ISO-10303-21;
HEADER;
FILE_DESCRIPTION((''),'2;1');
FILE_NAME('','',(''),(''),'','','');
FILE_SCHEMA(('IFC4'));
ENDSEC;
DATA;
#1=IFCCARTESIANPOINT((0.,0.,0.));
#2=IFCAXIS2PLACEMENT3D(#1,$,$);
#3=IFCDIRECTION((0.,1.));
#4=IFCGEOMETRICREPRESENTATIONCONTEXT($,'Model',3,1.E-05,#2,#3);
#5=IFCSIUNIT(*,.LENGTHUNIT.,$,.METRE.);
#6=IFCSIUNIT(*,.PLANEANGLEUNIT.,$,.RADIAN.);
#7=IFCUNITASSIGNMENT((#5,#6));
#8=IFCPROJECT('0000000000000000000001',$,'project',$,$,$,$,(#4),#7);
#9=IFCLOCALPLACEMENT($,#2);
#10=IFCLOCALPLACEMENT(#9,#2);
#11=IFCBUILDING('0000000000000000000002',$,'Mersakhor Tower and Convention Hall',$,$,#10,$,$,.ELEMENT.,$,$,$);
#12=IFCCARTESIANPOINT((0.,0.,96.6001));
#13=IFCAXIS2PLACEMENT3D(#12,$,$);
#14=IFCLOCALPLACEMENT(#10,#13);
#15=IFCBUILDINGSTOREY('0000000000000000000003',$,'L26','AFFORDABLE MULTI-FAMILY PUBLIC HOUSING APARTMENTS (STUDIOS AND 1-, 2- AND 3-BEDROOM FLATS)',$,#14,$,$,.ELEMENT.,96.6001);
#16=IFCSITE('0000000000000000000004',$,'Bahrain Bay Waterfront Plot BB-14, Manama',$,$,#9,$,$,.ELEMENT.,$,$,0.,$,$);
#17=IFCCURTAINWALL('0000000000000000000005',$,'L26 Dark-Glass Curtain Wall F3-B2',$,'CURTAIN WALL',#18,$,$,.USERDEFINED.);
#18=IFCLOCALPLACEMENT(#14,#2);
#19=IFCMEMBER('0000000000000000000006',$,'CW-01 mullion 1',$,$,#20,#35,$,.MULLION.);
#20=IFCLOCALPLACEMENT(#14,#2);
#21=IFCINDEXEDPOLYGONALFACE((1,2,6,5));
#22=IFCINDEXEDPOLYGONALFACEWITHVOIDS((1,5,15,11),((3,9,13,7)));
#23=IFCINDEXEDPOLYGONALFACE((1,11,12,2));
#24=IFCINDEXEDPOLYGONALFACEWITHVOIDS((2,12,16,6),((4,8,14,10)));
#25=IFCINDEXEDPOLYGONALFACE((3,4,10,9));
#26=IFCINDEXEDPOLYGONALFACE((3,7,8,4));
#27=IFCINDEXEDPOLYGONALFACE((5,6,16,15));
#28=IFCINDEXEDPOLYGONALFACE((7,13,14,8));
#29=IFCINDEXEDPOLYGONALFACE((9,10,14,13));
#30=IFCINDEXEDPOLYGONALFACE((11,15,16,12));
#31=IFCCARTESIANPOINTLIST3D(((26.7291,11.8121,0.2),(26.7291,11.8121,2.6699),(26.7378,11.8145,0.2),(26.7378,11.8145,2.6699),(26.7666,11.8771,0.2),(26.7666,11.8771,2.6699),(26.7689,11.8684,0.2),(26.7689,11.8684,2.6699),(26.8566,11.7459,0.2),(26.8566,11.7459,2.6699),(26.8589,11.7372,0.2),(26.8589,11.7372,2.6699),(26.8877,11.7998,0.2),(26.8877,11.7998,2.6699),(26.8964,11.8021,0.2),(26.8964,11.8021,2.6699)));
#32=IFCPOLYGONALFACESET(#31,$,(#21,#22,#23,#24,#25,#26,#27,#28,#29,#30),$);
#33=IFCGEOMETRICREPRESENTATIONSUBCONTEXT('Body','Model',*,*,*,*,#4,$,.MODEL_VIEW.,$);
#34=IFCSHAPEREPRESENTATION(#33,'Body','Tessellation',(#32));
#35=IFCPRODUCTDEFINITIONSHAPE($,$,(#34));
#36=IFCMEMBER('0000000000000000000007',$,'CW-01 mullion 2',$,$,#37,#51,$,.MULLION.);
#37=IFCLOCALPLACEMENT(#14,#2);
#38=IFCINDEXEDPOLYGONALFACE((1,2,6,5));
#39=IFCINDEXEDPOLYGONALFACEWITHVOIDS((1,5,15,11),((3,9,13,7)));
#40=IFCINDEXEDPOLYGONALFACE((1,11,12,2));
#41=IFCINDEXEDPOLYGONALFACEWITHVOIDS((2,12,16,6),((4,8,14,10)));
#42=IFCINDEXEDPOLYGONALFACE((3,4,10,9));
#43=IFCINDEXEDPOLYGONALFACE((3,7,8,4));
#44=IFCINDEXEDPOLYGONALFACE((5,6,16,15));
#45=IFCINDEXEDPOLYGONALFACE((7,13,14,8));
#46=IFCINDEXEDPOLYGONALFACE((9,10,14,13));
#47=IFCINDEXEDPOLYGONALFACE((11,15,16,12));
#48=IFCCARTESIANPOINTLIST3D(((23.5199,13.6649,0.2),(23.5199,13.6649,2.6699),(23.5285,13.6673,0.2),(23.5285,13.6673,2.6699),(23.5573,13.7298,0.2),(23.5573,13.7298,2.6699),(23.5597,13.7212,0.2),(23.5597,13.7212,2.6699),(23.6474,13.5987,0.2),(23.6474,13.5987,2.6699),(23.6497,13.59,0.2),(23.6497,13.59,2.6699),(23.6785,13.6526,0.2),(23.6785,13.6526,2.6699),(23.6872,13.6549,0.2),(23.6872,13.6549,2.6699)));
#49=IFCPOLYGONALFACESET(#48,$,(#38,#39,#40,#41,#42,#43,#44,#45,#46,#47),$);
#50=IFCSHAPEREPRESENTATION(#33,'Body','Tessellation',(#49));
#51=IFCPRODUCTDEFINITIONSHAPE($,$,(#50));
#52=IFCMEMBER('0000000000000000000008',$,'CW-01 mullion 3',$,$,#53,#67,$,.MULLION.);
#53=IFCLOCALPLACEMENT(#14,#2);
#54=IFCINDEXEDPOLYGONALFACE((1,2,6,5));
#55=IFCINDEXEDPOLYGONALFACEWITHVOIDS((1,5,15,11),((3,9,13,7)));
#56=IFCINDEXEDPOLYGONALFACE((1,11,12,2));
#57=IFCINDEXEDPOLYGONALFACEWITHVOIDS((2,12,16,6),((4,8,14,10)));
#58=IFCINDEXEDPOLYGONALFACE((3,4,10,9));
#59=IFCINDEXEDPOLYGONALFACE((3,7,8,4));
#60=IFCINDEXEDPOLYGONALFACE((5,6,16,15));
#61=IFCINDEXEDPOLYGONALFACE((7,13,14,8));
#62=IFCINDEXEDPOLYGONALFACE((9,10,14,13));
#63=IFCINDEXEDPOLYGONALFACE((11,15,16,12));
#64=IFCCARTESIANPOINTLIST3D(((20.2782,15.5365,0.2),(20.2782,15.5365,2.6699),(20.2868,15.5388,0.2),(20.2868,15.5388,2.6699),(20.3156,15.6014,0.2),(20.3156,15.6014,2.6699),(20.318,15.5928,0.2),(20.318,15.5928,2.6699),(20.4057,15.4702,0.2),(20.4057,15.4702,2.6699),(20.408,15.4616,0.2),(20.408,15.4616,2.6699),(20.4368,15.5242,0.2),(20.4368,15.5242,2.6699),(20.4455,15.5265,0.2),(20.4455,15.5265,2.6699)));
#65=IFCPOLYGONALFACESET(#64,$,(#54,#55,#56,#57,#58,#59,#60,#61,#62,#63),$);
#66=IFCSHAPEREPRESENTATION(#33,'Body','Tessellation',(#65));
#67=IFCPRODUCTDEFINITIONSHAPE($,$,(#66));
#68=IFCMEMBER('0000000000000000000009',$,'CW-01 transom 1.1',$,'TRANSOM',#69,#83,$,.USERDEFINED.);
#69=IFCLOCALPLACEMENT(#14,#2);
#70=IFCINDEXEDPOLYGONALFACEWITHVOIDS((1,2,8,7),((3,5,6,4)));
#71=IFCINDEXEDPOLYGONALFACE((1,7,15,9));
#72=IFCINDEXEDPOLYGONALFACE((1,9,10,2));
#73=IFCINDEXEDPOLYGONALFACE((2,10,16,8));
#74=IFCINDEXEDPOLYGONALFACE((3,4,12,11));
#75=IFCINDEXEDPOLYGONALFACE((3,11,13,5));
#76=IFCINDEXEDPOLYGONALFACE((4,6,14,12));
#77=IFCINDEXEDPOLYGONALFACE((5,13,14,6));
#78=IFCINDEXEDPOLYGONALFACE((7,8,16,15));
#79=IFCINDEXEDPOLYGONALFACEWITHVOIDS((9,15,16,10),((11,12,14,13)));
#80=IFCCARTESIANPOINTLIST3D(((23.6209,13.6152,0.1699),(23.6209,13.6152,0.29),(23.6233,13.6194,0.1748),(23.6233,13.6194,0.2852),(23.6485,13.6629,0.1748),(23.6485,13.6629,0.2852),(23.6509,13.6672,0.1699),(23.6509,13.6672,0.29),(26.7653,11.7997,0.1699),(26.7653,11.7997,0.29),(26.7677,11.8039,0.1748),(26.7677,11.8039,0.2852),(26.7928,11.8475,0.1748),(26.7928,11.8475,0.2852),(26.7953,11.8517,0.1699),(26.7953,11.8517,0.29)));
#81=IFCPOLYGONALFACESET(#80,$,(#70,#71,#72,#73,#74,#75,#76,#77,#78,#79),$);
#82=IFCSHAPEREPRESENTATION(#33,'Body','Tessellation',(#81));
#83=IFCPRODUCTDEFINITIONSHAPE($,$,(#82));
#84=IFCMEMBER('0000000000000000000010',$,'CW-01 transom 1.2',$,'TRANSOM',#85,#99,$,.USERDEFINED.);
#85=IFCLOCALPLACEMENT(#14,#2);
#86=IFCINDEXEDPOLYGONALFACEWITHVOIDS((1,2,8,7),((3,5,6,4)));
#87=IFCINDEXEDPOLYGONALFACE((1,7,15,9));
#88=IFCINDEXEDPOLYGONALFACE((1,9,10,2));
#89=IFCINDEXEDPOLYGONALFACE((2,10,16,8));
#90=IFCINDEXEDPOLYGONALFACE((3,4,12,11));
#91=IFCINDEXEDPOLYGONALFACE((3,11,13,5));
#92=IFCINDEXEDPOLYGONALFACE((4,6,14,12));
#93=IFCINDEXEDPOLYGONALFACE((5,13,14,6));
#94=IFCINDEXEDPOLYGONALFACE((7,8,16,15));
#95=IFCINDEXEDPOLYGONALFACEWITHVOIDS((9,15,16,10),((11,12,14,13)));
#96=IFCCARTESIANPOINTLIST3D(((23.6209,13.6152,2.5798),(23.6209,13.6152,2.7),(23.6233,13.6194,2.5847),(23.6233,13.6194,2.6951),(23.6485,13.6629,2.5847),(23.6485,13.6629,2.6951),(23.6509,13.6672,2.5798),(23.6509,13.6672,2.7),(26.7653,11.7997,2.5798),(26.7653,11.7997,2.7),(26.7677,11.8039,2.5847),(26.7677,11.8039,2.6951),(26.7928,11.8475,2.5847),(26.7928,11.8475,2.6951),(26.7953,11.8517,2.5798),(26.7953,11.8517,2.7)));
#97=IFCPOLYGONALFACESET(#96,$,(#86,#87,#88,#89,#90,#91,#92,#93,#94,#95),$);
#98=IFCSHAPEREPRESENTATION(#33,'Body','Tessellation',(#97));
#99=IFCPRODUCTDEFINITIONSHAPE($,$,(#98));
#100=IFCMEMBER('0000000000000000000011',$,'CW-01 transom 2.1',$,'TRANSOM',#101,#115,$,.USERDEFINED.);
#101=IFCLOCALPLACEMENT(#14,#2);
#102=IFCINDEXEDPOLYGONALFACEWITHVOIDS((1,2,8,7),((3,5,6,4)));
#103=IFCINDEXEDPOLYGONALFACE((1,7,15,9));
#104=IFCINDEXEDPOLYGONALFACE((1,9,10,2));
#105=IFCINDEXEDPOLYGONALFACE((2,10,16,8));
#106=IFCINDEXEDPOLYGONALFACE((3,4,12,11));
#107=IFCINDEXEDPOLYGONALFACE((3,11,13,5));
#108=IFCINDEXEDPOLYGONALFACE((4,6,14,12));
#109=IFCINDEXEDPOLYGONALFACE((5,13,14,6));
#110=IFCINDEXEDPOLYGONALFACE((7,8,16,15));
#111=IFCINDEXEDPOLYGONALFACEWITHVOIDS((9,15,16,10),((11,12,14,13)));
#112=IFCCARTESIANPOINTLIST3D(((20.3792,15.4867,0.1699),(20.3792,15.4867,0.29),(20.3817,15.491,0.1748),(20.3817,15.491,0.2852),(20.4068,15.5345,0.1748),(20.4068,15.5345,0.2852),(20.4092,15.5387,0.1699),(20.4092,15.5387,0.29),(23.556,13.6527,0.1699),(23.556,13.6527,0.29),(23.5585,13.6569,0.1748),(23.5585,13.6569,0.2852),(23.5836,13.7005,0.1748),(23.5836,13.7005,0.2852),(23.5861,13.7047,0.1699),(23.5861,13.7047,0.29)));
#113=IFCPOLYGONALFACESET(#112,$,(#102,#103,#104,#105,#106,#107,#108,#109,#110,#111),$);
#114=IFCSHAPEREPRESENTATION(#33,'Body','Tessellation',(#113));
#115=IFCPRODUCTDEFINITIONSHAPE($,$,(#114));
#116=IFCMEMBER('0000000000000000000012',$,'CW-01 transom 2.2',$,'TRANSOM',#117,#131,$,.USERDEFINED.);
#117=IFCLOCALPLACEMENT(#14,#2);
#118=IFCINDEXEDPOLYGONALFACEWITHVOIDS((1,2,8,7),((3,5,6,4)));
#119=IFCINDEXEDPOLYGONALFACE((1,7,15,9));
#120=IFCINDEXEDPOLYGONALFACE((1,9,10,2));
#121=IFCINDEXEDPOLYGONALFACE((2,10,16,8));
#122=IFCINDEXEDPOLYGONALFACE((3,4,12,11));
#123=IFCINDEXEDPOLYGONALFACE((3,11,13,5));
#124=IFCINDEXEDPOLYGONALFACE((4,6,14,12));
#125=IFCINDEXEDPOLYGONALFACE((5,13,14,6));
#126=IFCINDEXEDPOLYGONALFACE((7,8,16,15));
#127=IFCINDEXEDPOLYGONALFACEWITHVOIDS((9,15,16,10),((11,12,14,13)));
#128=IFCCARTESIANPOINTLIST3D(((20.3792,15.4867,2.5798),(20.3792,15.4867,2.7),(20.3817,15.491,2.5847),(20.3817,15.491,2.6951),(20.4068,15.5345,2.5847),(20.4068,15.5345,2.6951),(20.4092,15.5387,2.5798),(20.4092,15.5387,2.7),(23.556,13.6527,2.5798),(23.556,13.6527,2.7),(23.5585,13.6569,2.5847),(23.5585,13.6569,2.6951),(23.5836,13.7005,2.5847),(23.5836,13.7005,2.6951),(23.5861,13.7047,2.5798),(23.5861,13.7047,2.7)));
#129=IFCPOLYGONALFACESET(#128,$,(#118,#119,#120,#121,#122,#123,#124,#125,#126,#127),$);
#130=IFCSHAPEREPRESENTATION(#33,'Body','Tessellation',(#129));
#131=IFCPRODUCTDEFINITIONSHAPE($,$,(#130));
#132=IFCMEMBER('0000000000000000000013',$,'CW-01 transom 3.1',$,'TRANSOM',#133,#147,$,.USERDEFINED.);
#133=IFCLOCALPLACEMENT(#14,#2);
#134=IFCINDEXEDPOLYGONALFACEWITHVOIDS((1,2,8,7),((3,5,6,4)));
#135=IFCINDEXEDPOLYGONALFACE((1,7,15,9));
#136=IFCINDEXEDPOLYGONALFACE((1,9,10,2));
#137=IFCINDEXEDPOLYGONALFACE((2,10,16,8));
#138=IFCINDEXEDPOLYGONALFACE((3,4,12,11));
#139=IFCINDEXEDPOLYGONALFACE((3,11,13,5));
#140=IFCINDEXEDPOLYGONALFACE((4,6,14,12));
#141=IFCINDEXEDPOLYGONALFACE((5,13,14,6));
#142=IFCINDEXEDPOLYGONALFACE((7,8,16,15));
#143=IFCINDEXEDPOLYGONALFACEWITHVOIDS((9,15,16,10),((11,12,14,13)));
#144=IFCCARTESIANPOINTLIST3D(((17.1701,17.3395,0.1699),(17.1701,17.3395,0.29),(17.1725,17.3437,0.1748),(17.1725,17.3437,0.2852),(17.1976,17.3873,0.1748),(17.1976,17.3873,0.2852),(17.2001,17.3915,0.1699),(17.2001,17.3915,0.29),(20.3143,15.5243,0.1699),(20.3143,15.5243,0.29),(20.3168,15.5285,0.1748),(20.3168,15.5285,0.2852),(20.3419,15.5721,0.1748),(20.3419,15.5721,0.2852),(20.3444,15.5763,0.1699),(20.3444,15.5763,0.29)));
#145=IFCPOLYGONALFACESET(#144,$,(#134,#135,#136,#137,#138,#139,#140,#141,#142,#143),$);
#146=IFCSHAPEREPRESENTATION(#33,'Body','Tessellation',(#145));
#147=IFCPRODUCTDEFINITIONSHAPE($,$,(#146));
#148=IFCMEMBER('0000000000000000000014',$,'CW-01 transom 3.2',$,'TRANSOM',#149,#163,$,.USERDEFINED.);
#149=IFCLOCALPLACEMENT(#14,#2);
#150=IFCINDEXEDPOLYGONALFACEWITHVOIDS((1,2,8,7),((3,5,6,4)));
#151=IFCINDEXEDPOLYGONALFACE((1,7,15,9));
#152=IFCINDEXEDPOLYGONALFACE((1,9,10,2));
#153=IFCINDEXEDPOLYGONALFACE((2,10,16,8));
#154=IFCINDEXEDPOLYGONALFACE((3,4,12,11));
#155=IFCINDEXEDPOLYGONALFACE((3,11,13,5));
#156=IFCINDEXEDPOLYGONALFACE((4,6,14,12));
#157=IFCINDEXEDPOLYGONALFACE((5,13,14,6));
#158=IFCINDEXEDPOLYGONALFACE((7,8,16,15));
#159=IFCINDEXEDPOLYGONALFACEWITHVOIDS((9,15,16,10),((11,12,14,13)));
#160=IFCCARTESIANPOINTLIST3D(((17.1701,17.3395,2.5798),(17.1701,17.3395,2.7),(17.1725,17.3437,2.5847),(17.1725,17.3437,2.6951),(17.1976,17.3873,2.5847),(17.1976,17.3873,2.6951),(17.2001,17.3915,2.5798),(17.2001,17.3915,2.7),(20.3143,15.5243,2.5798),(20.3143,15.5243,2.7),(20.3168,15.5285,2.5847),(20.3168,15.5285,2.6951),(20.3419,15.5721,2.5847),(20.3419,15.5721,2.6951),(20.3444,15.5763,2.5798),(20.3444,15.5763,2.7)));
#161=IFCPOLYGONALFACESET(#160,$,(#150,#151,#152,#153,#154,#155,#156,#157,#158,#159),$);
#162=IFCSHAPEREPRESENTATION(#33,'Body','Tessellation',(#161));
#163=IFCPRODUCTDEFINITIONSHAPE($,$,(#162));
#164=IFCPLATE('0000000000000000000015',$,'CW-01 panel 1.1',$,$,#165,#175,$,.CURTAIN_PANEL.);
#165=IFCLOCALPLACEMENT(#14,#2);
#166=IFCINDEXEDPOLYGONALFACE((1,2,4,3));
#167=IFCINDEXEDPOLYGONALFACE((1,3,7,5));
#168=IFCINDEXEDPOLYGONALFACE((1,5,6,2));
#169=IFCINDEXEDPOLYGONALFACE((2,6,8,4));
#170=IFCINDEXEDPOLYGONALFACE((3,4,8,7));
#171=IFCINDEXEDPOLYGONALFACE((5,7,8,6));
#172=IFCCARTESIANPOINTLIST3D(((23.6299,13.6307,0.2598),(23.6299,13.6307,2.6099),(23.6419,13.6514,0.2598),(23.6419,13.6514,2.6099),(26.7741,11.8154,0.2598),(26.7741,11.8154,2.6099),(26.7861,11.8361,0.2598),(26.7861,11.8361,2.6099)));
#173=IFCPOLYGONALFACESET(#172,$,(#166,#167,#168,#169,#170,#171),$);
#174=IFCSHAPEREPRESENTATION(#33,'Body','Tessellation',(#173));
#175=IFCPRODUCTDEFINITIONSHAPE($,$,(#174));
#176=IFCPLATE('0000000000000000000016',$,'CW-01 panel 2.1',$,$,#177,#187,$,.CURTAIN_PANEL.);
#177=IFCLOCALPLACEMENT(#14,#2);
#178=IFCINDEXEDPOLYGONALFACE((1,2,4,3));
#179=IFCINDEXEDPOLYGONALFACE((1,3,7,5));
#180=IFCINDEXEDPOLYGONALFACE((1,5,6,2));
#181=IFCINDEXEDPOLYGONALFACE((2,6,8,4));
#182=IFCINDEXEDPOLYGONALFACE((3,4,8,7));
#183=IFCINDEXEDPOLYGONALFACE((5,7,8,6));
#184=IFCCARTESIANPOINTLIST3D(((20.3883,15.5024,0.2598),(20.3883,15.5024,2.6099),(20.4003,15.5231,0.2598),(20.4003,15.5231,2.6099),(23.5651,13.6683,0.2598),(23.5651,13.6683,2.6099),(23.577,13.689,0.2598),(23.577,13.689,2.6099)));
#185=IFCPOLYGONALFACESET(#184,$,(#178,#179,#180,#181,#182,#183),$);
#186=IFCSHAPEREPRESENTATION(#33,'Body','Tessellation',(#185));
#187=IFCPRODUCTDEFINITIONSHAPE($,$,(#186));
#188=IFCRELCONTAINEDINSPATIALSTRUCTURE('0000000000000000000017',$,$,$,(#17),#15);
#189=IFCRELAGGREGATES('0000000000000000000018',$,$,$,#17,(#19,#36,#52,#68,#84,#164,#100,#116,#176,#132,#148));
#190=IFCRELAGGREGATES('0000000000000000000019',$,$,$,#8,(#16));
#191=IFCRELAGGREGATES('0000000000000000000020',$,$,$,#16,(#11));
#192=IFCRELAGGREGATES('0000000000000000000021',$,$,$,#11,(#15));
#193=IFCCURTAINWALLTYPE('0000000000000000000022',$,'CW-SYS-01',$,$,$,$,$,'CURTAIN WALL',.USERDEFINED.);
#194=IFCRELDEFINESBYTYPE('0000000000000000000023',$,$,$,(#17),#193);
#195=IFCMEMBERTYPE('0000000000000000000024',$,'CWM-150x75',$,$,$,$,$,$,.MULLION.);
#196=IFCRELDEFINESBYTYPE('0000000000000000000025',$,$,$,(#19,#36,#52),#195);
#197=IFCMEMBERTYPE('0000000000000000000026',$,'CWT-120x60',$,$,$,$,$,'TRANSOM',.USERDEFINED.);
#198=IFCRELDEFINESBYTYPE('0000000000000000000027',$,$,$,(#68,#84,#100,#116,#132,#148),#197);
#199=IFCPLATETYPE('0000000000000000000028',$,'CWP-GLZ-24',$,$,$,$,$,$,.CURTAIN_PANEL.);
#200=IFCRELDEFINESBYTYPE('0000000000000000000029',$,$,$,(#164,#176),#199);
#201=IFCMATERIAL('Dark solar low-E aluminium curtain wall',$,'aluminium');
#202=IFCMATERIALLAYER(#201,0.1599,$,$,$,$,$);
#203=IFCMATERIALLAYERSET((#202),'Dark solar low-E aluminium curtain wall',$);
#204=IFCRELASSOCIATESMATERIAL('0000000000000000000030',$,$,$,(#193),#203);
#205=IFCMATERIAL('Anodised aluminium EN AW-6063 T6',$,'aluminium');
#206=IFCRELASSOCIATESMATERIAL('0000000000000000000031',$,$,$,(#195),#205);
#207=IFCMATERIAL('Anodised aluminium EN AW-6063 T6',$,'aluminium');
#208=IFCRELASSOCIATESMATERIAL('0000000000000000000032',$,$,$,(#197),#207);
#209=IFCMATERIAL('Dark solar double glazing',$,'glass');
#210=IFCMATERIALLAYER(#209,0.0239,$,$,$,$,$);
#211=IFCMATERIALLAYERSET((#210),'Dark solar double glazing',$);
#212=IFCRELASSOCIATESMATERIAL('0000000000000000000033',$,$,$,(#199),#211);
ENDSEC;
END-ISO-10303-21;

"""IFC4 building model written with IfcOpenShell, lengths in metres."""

from ifc_helpers import new_model, si_unit, direction, frame, origin, origin_2d, place, context, subcontext, project, spatial, rectangle, hollow_rectangle, extrude, material, layer, layer_set, material_profile, profile_set, type_object, element, aggregate, save


model = new_model("IFC4")

# Units and contexts
model_context = context("Model", 3, precision=1e-05, world=origin(), true_north=direction((0.0, 1.0)))
body_context = subcontext(model_context, "Body", "Model", "MODEL_VIEW")
ifc_project = project(units=[si_unit("LENGTHUNIT", "METRE"), si_unit("PLANEANGLEUNIT", "RADIAN")], contexts=[model_context])

# Site, building, storey
site_placement = place(None, origin())
site = spatial("IfcSite", under=ifc_project, at=site_placement, Name="Bahrain Bay Waterfront Plot BB-14, Manama", CompositionType="ELEMENT", RefElevation=0.0)
building_placement = place(site_placement, origin())
building = spatial("IfcBuilding", under=site, at=building_placement, Name="Mersakhor Tower and Convention Hall", CompositionType="ELEMENT")
storey_placement = place(building_placement, frame((0.0, 0.0, 96.6001)))
storey = spatial("IfcBuildingStorey", under=building, at=storey_placement, Name="L26", Description="AFFORDABLE MULTI-FAMILY PUBLIC HOUSING APARTMENTS (STUDIOS AND 1-, 2- AND 3-BEDROOM FLATS)", CompositionType="ELEMENT", Elevation=96.6001)

# Curtain wall, members, plates
ifc_material_1 = material(Name="Dark solar low-E aluminium curtain wall", Category="aluminium")
ifc_layer_1 = layer(ifc_material_1, 0.1599)
ifc_layer_set_1 = layer_set([ifc_layer_1], Name="Dark solar low-E aluminium curtain wall")
curtain_wall_type = type_object("IfcCurtainWallType", Name="CW-SYS-01", ElementType="CURTAIN WALL", PredefinedType="USERDEFINED", material=ifc_layer_set_1)
curtain_wall_placement = place(storey_placement, origin())
curtain_wall = element("IfcCurtainWall", 1, at=curtain_wall_placement, inside=storey, type_object=curtain_wall_type, Name="L26 Dark-Glass Curtain Wall F3-B2", ObjectType="CURTAIN WALL", PredefinedType="USERDEFINED")
ifc_material_2 = material(Name="Anodised aluminium EN AW-6063 T6", Category="aluminium")
ifc_material_profile_1 = material_profile(ifc_material_2, hollow_rectangle(XDim=0.075, YDim=0.1499, WallThickness=0.0063, at=origin_2d()), Name="RHS 150x75x6.3")
ifc_profile_set_1 = profile_set([ifc_material_profile_1], Name="Anodised aluminium EN AW-6063 T6")
member_type_1 = type_object("IfcMemberType", Name="CWM-150x75", PredefinedType="MULLION", material=ifc_profile_set_1)
member_1_placement = place(storey_placement, frame((26.8127, 11.8071, 0.2), z_axis=(0.0, 0.0, 1.0), x_axis=(-0.499998, -0.866027, 0.0)))
member_1 = element("IfcMember", 2, at=member_1_placement, type_object=member_type_1, Name="CW-01 mullion 1", PredefinedType="MULLION", context=body_context, shape_type="SweptSolid", body=[
    extrude(hollow_rectangle(XDim=0.075, YDim=0.1499, WallThickness=0.0063, at=origin_2d()), origin(), (0.0, 0.0, 1.0), 2.47),
])
member_2_placement = place(storey_placement, frame((23.6035, 13.6599, 0.2), z_axis=(0.0, 0.0, 1.0), x_axis=(-0.499998, -0.866027, 0.0)))
member_2 = element("IfcMember", 3, at=member_2_placement, type_object=member_type_1, Name="CW-01 mullion 2", PredefinedType="MULLION", context=body_context, shape_type="SweptSolid", body=[
    extrude(hollow_rectangle(XDim=0.075, YDim=0.1499, WallThickness=0.0063, at=origin_2d()), origin(), (0.0, 0.0, 1.0), 2.47),
])
member_3_placement = place(storey_placement, frame((20.3618, 15.5315, 0.2), z_axis=(0.0, 0.0, 1.0), x_axis=(-0.499998, -0.866027, 0.0)))
member_3 = element("IfcMember", 4, at=member_3_placement, type_object=member_type_1, Name="CW-01 mullion 3", PredefinedType="MULLION", context=body_context, shape_type="SweptSolid", body=[
    extrude(hollow_rectangle(XDim=0.075, YDim=0.1499, WallThickness=0.0063, at=origin_2d()), origin(), (0.0, 0.0, 1.0), 2.47),
])
ifc_material_3 = material(Name="Anodised aluminium EN AW-6063 T6", Category="aluminium")
ifc_material_profile_2 = material_profile(ifc_material_3, hollow_rectangle(XDim=0.0601, YDim=0.1201, WallThickness=0.0049, at=origin_2d()), Name="RHS 120x60x5")
ifc_profile_set_2 = profile_set([ifc_material_profile_2], Name="Anodised aluminium EN AW-6063 T6")
member_type_2 = type_object("IfcMemberType", Name="CWT-120x60", ElementType="TRANSOM", PredefinedType="USERDEFINED", material=ifc_profile_set_2)
member_4_placement = place(storey_placement, frame((26.7803, 11.8257, 0.23), z_axis=(-0.866016, 0.500015, 0.0), x_axis=(-0.500015, -0.866016, 0.0)))
member_4 = element("IfcMember", 5, at=member_4_placement, type_object=member_type_2, Name="CW-01 transom 1.1", ObjectType="TRANSOM", PredefinedType="USERDEFINED", context=body_context, shape_type="SweptSolid", body=[
    extrude(hollow_rectangle(XDim=0.0601, YDim=0.1201, WallThickness=0.0049, at=origin_2d()), origin(), (0.0, 0.0, 1.0), 3.6309),
])
member_5_placement = place(storey_placement, frame((26.7803, 11.8257, 2.6399), z_axis=(-0.866016, 0.500015, 0.0), x_axis=(-0.500015, -0.866016, 0.0)))
member_5 = element("IfcMember", 6, at=member_5_placement, type_object=member_type_2, Name="CW-01 transom 1.2", ObjectType="TRANSOM", PredefinedType="USERDEFINED", context=body_context, shape_type="SweptSolid", body=[
    extrude(hollow_rectangle(XDim=0.0601, YDim=0.1201, WallThickness=0.0049, at=origin_2d()), origin(), (0.0, 0.0, 1.0), 3.6309),
])
member_6_placement = place(storey_placement, frame((23.571, 13.6787, 0.23), z_axis=(-0.866039, 0.499976, 0.0), x_axis=(-0.499976, -0.866039, 0.0)))
member_6 = element("IfcMember", 7, at=member_6_placement, type_object=member_type_2, Name="CW-01 transom 2.1", ObjectType="TRANSOM", PredefinedType="USERDEFINED", context=body_context, shape_type="SweptSolid", body=[
    extrude(hollow_rectangle(XDim=0.0601, YDim=0.1201, WallThickness=0.0049, at=origin_2d()), origin(), (0.0, 0.0, 1.0), 3.6682),
])
member_7_placement = place(storey_placement, frame((23.571, 13.6787, 2.6399), z_axis=(-0.866039, 0.499976, 0.0), x_axis=(-0.499976, -0.866039, 0.0)))
member_7 = element("IfcMember", 8, at=member_7_placement, type_object=member_type_2, Name="CW-01 transom 2.2", ObjectType="TRANSOM", PredefinedType="USERDEFINED", context=body_context, shape_type="SweptSolid", body=[
    extrude(hollow_rectangle(XDim=0.0601, YDim=0.1201, WallThickness=0.0049, at=origin_2d()), origin(), (0.0, 0.0, 1.0), 3.6682),
])
member_8_placement = place(storey_placement, frame((20.3293, 15.5503, 0.23), z_axis=(-0.866046, 0.499965, 0.0), x_axis=(-0.499965, -0.866046, 0.0)))
member_8 = element("IfcMember", 9, at=member_8_placement, type_object=member_type_2, Name="CW-01 transom 3.1", ObjectType="TRANSOM", PredefinedType="USERDEFINED", context=body_context, shape_type="SweptSolid", body=[
    extrude(hollow_rectangle(XDim=0.0601, YDim=0.1201, WallThickness=0.0049, at=origin_2d()), origin(), (0.0, 0.0, 1.0), 3.6306),
])
member_9_placement = place(storey_placement, frame((20.3293, 15.5503, 2.6399), z_axis=(-0.866046, 0.499965, 0.0), x_axis=(-0.499965, -0.866046, 0.0)))
member_9 = element("IfcMember", 10, at=member_9_placement, type_object=member_type_2, Name="CW-01 transom 3.2", ObjectType="TRANSOM", PredefinedType="USERDEFINED", context=body_context, shape_type="SweptSolid", body=[
    extrude(hollow_rectangle(XDim=0.0601, YDim=0.1201, WallThickness=0.0049, at=origin_2d()), origin(), (0.0, 0.0, 1.0), 3.6306),
])
ifc_material_4 = material(Name="Dark solar double glazing", Category="glass")
ifc_layer_2 = layer(ifc_material_4, 0.0239)
ifc_layer_set_2 = layer_set([ifc_layer_2], Name="Dark solar double glazing")
plate_type_1 = type_object("IfcPlateType", Name="CWP-GLZ-24", PredefinedType="CURTAIN_PANEL", material=ifc_layer_set_2)
plate_1_placement = place(storey_placement, frame((25.208, 12.7334, 0.2598), z_axis=(0.0, 0.0, 1.0), x_axis=(-0.866027, 0.499998, 0.0)))
plate_1 = element("IfcPlate", 11, at=plate_1_placement, type_object=plate_type_1, Name="CW-01 panel 1.1", PredefinedType="CURTAIN_PANEL", context=body_context, shape_type="SweptSolid", body=[
    extrude(rectangle(XDim=3.6306, YDim=0.0239, at=origin_2d()), origin(), (0.0, 0.0, 1.0), 2.3501),
])
plate_2_placement = place(storey_placement, frame((21.9827, 14.5957, 0.2598), z_axis=(0.0, 0.0, 1.0), x_axis=(-0.866027, 0.499998, 0.0)))
plate_2 = element("IfcPlate", 12, at=plate_2_placement, type_object=plate_type_1, Name="CW-01 panel 2.1", PredefinedType="CURTAIN_PANEL", context=body_context, shape_type="SweptSolid", body=[
    extrude(rectangle(XDim=3.6682, YDim=0.0239, at=origin_2d()), origin(), (0.0, 0.0, 1.0), 2.3501),
])
aggregate(curtain_wall, [member_1, member_2, member_3, member_4, member_5, plate_1, member_6, member_7, plate_2, member_8, member_9])

save(model, "model.ifc")
